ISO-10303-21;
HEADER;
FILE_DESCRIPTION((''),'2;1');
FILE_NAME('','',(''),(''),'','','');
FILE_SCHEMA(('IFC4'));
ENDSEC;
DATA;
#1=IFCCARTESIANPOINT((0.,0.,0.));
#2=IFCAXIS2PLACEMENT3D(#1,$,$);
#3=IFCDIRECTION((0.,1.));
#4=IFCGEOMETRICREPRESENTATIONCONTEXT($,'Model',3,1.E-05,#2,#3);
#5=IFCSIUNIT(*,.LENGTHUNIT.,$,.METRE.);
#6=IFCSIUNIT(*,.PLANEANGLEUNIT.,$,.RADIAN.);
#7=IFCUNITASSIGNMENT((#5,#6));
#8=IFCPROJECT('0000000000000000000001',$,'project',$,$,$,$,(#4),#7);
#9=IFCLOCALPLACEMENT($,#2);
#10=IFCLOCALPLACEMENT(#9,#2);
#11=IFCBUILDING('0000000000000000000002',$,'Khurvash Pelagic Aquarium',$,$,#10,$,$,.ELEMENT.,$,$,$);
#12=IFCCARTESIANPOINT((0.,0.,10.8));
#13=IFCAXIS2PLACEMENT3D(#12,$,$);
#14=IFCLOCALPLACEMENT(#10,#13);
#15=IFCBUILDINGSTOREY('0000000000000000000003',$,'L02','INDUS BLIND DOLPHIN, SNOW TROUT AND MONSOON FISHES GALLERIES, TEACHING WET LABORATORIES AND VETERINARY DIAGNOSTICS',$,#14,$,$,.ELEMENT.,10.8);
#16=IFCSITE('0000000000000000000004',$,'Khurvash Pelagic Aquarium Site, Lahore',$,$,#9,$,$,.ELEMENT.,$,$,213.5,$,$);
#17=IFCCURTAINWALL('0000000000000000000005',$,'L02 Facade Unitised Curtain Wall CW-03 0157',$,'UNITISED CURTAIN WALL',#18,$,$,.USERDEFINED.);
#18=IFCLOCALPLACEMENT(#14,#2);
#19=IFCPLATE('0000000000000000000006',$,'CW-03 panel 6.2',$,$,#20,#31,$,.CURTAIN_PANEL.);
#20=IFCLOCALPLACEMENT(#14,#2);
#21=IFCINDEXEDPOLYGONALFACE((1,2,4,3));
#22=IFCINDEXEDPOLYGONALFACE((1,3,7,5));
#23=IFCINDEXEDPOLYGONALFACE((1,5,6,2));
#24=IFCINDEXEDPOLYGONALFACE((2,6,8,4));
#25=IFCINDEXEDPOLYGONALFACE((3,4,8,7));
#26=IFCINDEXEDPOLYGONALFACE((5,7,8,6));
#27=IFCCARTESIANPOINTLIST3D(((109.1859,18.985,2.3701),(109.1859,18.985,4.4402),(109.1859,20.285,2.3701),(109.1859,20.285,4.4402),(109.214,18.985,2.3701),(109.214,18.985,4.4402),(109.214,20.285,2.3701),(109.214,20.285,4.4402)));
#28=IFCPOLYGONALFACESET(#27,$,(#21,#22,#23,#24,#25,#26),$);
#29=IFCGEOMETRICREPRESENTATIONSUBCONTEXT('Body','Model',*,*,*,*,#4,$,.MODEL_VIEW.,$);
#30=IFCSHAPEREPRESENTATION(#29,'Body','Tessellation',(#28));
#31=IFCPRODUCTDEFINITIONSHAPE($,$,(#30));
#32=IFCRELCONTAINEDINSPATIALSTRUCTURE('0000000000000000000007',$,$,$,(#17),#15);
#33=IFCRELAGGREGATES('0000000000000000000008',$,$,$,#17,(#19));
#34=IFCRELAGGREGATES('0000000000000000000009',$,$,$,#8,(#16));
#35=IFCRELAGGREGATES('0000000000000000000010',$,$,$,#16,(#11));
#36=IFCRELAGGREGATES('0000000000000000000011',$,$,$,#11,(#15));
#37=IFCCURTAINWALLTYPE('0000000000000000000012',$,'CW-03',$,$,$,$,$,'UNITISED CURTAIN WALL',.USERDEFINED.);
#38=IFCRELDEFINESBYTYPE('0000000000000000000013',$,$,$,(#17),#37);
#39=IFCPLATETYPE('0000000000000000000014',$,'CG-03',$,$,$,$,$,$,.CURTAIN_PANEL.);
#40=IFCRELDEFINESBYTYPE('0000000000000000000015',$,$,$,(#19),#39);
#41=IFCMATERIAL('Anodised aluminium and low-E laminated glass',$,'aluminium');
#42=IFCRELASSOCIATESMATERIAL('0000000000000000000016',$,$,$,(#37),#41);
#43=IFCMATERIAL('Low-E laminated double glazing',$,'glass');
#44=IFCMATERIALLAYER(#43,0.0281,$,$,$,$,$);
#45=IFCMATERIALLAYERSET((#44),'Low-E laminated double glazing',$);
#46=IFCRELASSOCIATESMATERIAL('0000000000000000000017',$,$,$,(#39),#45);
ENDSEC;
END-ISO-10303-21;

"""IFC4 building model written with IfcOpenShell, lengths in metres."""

from ifc_helpers import new_model, si_unit, direction, frame, origin, origin_2d, place, context, subcontext, project, spatial, rectangle, extrude, material, layer, layer_set, type_object, element, aggregate, save


model = new_model("IFC4")

# Units and contexts
model_context = context("Model", 3, precision=1e-05, world=origin(), true_north=direction((0.0, 1.0)))
body_context = subcontext(model_context, "Body", "Model", "MODEL_VIEW")
ifc_project = project(units=[si_unit("LENGTHUNIT", "METRE"), si_unit("PLANEANGLEUNIT", "RADIAN")], contexts=[model_context])

# Site, building, storey
site_placement = place(None, origin())
site = spatial("IfcSite", under=ifc_project, at=site_placement, Name="Khurvash Pelagic Aquarium Site, Lahore", CompositionType="ELEMENT", RefElevation=213.5)
building_placement = place(site_placement, origin())
building = spatial("IfcBuilding", under=site, at=building_placement, Name="Khurvash Pelagic Aquarium", CompositionType="ELEMENT")
storey_placement = place(building_placement, frame((0.0, 0.0, 10.8)))
storey = spatial("IfcBuildingStorey", under=building, at=storey_placement, Name="L02", Description="INDUS BLIND DOLPHIN, SNOW TROUT AND MONSOON FISHES GALLERIES, TEACHING WET LABORATORIES AND VETERINARY DIAGNOSTICS", CompositionType="ELEMENT", Elevation=10.8)

# Curtain wall
ifc_material_1 = material(Name="Anodised aluminium and low-E laminated glass", Category="aluminium")
curtain_wall_type = type_object("IfcCurtainWallType", Name="CW-03", ElementType="UNITISED CURTAIN WALL", PredefinedType="USERDEFINED", material=ifc_material_1)
curtain_wall_1_placement = place(storey_placement, origin())
curtain_wall_1 = element("IfcCurtainWall", 1, at=curtain_wall_1_placement, inside=storey, type_object=curtain_wall_type, Name="L02 Facade Unitised Curtain Wall CW-03 0157", ObjectType="UNITISED CURTAIN WALL", PredefinedType="USERDEFINED")

# Plate
ifc_material_2 = material(Name="Low-E laminated double glazing", Category="glass")
ifc_layer = layer(ifc_material_2, 0.0281)
ifc_layer_set = layer_set([ifc_layer], Name="Low-E laminated double glazing")
plate_type = type_object("IfcPlateType", Name="CG-03", PredefinedType="CURTAIN_PANEL", material=ifc_layer_set)
plate_1_placement = place(storey_placement, frame((109.2, 19.635, 2.3701), z_axis=(0.0, 0.0, 1.0), x_axis=(0.0, 1.0, 0.0)))
plate_1 = element("IfcPlate", 2, at=plate_1_placement, type_object=plate_type, Name="CW-03 panel 6.2", PredefinedType="CURTAIN_PANEL", context=body_context, shape_type="SweptSolid", body=[
    extrude(rectangle(XDim=1.3, YDim=0.0281, at=origin_2d()), origin(), (0.0, 0.0, 1.0), 2.0701),
])
aggregate(curtain_wall_1, [plate_1])

save(model, "model.ifc")
